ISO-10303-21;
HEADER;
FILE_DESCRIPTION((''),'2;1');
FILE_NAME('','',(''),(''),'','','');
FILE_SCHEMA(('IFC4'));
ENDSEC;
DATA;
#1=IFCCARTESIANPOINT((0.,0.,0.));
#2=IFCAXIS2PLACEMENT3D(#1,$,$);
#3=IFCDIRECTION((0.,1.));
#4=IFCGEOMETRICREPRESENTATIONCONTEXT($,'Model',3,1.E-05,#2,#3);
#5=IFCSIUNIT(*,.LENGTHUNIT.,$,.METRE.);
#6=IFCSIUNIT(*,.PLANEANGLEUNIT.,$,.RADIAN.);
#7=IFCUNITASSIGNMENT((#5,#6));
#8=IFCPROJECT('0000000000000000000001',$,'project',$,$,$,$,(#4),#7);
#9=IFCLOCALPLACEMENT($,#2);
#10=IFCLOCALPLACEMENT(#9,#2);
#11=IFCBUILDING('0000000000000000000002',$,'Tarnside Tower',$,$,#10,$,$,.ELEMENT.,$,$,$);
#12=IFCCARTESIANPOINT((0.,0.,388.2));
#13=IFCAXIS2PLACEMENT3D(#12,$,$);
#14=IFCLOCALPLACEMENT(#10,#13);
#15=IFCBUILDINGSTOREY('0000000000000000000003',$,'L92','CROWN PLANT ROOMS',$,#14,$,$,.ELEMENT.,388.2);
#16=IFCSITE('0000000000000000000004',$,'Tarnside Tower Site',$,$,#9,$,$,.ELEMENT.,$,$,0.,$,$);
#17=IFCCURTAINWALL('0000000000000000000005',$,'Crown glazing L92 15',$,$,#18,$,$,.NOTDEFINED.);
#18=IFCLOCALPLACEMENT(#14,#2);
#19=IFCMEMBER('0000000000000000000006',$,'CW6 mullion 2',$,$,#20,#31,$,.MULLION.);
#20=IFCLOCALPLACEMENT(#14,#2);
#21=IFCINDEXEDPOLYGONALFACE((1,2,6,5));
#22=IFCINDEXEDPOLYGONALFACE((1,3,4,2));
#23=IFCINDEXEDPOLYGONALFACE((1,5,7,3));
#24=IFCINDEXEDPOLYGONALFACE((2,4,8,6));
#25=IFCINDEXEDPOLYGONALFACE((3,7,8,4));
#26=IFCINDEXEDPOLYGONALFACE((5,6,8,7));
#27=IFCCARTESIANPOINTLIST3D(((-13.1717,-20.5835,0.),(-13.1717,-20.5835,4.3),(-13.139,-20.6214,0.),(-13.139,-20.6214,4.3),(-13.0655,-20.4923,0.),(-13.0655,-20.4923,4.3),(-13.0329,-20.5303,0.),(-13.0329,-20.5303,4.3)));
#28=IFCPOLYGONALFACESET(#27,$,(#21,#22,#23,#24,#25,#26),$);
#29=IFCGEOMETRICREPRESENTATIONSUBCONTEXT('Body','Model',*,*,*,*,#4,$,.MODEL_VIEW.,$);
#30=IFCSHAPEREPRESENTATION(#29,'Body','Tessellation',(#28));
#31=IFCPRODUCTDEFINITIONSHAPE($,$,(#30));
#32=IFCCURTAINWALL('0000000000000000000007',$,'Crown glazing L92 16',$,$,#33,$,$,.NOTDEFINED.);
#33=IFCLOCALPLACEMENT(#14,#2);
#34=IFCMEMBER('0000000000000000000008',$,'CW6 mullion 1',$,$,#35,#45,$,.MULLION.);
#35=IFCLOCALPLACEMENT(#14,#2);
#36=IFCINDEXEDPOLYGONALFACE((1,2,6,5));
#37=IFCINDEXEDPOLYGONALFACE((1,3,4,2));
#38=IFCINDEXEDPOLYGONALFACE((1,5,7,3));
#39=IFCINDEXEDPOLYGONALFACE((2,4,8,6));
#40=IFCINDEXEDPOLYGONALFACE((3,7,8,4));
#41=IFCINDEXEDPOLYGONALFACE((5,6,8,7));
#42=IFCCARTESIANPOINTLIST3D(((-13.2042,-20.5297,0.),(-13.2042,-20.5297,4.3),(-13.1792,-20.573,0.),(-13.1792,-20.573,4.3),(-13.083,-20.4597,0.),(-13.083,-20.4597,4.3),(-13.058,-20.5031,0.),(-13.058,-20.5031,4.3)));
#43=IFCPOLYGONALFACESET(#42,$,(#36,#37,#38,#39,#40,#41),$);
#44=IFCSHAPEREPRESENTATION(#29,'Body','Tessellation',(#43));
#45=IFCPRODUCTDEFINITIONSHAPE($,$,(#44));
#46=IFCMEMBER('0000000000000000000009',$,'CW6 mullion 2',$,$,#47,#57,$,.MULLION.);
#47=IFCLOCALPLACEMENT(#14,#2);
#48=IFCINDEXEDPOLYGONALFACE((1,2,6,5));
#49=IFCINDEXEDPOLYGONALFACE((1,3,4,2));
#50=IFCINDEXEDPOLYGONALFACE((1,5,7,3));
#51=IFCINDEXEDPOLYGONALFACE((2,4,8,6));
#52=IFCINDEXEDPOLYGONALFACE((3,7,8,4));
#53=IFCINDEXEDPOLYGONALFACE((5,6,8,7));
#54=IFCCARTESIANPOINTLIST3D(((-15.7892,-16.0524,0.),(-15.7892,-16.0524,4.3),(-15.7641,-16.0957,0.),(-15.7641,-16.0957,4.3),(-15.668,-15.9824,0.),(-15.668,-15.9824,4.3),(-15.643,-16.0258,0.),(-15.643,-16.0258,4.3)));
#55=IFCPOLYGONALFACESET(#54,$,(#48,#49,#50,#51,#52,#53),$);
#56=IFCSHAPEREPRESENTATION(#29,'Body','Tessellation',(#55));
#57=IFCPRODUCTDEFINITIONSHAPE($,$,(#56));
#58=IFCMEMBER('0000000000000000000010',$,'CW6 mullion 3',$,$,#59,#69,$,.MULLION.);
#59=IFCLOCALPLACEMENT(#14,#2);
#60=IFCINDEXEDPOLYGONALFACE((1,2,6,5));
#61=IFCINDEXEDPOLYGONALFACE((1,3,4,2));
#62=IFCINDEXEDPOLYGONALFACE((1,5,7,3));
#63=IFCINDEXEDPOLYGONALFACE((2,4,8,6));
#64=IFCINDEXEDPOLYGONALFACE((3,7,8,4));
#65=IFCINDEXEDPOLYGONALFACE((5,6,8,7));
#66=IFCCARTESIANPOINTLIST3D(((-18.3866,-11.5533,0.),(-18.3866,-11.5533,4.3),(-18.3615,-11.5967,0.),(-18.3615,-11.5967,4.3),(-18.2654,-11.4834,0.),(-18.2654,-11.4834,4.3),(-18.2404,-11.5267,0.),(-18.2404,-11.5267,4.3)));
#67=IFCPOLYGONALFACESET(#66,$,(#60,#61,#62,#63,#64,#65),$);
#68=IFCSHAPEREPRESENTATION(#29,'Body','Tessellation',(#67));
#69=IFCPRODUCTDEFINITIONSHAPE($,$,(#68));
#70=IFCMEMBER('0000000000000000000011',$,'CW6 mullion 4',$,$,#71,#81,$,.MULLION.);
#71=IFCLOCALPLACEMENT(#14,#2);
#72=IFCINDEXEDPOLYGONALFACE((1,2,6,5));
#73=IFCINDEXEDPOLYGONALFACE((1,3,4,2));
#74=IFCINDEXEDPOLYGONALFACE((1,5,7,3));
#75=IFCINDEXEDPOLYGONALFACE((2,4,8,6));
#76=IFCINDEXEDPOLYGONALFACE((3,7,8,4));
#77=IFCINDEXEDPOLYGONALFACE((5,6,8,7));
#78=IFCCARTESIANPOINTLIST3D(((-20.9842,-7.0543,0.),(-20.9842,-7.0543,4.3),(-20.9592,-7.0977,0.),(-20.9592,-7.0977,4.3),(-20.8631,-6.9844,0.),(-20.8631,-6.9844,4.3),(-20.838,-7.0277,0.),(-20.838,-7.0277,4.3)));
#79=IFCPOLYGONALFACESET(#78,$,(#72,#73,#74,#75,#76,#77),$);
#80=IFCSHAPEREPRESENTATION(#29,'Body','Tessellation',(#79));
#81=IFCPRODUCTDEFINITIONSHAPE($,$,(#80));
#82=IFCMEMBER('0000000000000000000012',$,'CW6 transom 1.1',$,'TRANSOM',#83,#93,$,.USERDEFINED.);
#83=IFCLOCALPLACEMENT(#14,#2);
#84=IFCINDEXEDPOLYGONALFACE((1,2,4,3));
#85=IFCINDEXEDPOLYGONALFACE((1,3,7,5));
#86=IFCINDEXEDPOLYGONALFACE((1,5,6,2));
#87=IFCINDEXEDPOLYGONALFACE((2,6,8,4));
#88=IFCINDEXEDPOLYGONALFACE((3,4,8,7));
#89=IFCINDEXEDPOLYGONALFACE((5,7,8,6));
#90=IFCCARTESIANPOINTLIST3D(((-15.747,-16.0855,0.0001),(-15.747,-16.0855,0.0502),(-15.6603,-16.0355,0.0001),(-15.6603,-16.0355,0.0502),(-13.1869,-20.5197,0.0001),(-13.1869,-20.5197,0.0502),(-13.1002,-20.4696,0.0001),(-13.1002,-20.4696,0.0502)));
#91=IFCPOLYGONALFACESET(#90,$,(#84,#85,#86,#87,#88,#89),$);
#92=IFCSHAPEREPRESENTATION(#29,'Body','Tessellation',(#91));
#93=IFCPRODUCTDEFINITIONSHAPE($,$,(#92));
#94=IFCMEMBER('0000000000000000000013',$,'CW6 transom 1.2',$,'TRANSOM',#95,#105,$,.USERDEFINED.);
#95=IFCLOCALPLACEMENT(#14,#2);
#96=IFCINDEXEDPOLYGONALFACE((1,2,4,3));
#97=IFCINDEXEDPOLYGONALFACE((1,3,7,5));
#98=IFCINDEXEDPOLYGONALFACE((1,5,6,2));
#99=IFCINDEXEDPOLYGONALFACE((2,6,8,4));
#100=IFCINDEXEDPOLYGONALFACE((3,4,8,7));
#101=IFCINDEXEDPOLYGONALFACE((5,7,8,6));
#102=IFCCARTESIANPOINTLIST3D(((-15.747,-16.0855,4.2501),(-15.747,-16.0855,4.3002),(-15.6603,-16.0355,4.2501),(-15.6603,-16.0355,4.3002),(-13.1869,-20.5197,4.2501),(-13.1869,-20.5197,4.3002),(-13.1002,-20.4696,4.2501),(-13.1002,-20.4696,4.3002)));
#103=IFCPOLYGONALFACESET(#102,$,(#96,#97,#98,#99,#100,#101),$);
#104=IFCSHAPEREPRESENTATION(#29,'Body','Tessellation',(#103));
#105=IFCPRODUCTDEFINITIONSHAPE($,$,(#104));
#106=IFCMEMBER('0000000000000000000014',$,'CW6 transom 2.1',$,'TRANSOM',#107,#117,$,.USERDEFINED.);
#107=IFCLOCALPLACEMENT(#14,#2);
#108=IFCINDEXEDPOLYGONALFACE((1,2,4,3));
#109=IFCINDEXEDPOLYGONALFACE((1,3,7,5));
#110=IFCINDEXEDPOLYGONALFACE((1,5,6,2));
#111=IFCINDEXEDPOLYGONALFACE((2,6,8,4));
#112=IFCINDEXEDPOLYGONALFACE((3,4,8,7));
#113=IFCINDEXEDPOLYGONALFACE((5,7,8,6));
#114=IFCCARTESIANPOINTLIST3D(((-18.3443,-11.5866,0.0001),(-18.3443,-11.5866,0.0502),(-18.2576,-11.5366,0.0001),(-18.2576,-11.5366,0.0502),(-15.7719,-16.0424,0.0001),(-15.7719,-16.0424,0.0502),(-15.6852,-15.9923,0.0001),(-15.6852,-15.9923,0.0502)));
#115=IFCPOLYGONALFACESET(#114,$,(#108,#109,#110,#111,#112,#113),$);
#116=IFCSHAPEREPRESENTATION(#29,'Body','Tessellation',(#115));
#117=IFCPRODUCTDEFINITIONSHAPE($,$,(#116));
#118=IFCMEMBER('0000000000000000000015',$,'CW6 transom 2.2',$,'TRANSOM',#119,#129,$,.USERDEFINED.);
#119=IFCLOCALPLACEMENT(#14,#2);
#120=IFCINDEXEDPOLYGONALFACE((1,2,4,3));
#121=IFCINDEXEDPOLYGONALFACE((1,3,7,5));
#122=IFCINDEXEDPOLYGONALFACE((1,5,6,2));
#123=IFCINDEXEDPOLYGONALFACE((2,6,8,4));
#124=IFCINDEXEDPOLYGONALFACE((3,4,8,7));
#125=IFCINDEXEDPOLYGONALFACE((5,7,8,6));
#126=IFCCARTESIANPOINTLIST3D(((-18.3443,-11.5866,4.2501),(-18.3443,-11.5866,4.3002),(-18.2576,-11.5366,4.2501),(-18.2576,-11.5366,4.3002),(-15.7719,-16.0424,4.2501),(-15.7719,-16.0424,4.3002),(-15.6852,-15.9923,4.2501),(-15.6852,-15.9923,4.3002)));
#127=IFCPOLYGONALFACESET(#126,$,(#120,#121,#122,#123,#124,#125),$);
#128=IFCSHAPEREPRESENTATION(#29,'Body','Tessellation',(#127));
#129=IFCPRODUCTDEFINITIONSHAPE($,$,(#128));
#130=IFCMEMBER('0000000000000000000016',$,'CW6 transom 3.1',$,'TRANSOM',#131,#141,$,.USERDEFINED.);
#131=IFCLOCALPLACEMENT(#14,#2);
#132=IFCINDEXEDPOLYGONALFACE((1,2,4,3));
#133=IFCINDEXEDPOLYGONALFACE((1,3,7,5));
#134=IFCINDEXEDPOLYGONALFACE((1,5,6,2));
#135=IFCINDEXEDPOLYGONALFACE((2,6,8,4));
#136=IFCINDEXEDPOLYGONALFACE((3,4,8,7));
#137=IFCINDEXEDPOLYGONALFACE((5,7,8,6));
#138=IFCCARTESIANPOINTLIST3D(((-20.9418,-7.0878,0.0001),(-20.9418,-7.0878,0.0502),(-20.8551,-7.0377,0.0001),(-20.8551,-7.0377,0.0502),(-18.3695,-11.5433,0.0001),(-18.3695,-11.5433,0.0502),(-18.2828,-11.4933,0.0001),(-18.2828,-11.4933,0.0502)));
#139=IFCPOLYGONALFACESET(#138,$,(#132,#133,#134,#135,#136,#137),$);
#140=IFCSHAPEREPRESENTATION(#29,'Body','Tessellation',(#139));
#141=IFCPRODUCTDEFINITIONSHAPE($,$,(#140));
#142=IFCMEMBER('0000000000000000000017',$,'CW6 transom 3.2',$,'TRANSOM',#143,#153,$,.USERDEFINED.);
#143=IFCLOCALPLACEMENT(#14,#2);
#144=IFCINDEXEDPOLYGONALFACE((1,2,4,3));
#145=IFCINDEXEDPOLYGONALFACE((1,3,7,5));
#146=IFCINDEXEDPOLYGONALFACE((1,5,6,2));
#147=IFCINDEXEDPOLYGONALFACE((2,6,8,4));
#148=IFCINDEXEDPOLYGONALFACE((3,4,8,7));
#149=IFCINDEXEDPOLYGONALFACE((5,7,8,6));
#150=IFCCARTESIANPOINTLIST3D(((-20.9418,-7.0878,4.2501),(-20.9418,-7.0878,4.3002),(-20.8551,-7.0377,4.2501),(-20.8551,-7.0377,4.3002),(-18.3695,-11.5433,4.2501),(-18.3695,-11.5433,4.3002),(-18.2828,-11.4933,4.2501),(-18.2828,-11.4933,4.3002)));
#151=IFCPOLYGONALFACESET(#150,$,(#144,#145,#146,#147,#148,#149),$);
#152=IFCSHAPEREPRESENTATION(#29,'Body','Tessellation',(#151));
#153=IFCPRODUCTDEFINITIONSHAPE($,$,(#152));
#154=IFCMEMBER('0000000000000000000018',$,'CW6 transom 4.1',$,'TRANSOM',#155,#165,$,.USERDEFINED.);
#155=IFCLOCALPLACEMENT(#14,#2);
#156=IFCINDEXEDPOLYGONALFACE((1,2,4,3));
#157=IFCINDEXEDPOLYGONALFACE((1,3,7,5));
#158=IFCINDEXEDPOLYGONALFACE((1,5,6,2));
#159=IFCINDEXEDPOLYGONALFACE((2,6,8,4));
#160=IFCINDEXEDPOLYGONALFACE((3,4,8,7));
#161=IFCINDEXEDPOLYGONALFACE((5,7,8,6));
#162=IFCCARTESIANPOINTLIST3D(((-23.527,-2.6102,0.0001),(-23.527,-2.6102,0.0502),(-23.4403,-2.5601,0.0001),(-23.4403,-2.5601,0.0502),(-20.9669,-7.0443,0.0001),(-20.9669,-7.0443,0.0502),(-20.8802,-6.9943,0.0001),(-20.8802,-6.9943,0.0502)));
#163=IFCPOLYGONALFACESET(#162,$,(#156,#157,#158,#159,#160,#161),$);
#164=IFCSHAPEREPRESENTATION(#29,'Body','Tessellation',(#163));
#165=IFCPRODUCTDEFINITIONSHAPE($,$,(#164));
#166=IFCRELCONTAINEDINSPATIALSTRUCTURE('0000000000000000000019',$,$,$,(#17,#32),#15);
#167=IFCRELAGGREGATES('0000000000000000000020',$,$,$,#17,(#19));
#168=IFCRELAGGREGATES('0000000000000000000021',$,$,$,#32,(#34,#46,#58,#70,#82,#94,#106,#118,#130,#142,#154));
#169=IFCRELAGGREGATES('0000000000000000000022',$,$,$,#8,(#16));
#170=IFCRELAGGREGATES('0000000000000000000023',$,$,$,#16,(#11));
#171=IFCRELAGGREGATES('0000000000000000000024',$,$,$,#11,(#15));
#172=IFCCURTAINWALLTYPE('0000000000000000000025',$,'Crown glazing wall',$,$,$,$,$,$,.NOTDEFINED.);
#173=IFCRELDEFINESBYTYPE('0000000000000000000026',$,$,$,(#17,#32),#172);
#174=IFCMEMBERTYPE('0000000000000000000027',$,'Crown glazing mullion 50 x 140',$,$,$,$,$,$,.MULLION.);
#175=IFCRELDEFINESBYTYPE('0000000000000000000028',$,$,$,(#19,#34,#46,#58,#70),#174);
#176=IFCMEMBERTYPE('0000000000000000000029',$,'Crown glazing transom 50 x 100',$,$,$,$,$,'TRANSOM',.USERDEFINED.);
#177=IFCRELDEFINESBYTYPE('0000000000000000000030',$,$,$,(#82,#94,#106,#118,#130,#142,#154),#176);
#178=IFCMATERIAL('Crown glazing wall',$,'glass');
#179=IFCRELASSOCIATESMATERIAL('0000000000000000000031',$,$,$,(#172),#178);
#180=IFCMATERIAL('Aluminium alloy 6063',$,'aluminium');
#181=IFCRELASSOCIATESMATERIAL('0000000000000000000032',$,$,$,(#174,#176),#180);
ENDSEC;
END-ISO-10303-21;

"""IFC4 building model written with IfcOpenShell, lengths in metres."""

from ifc_helpers import new_model, si_unit, direction, frame, origin, origin_2d, place, context, subcontext, project, spatial, rectangle, extrude, material, material_profile, profile_set, type_object, element, aggregate, save


model = new_model("IFC4")

# Units and contexts
model_context = context("Model", 3, precision=1e-05, world=origin(), true_north=direction((0.0, 1.0)))
body_context = subcontext(model_context, "Body", "Model", "MODEL_VIEW")
ifc_project = project(units=[si_unit("LENGTHUNIT", "METRE"), si_unit("PLANEANGLEUNIT", "RADIAN")], contexts=[model_context])

# Site, building, storey
site_placement = place(None, origin())
site = spatial("IfcSite", under=ifc_project, at=site_placement, Name="Tarnside Tower Site", CompositionType="ELEMENT", RefElevation=0.0)
building_placement = place(site_placement, origin())
building = spatial("IfcBuilding", under=site, at=building_placement, Name="Tarnside Tower", CompositionType="ELEMENT")
storey_placement = place(building_placement, frame((0.0, 0.0, 388.2)))
storey = spatial("IfcBuildingStorey", under=building, at=storey_placement, Name="L92", Description="CROWN PLANT ROOMS", CompositionType="ELEMENT", Elevation=388.2)

# Curtain wall, member
ifc_material_1 = material(Name="Crown glazing wall", Category="glass")
curtain_wall_type = type_object("IfcCurtainWallType", Name="Crown glazing wall", PredefinedType="NOTDEFINED", material=ifc_material_1)
curtain_wall_1_placement = place(storey_placement, origin())
curtain_wall_1 = element("IfcCurtainWall", 1, at=curtain_wall_1_placement, inside=storey, type_object=curtain_wall_type, Name="Crown glazing L92 15", PredefinedType="NOTDEFINED")
ifc_material_2 = material(Name="Aluminium alloy 6063", Category="aluminium")
ifc_material_profile_1 = material_profile(ifc_material_2, rectangle(XDim=0.1399, YDim=0.05, at=origin_2d()), Name="Crown glazing mullion 50 x 140")
ifc_profile_set_1 = profile_set([ifc_material_profile_1], Name="Aluminium alloy 6063")
member_type_1 = type_object("IfcMemberType", Name="Crown glazing mullion 50 x 140", PredefinedType="MULLION", material=ifc_profile_set_1)
member_1_placement = place(storey_placement, frame((-13.1023, -20.5569, 0.0), z_axis=(0.0, 0.0, 1.0), x_axis=(-0.758514, -0.651657, 0.0)))
member_1 = element("IfcMember", 2, at=member_1_placement, type_object=member_type_1, Name="CW6 mullion 2", PredefinedType="MULLION", context=body_context, shape_type="SweptSolid", body=[
    extrude(rectangle(XDim=0.1399, YDim=0.05, at=origin_2d()), origin(), (0.0, 0.0, 1.0), 4.3),
])
aggregate(curtain_wall_1, [member_1])

# Curtain wall, members
curtain_wall_2_placement = place(storey_placement, origin())
curtain_wall_2 = element("IfcCurtainWall", 3, at=curtain_wall_2_placement, inside=storey, type_object=curtain_wall_type, Name="Crown glazing L92 16", PredefinedType="NOTDEFINED")
member_2_placement = place(storey_placement, frame((-13.1311, -20.5164, 0.0), z_axis=(0.0, 0.0, 1.0), x_axis=(-0.866025, -0.5, 0.0)))
member_2 = element("IfcMember", 4, at=member_2_placement, type_object=member_type_1, Name="CW6 mullion 1", PredefinedType="MULLION", context=body_context, shape_type="SweptSolid", body=[
    extrude(rectangle(XDim=0.1399, YDim=0.05, at=origin_2d()), origin(), (0.0, 0.0, 1.0), 4.3),
])
member_3_placement = place(storey_placement, frame((-15.7161, -16.0391, 0.0), z_axis=(0.0, 0.0, 1.0), x_axis=(-0.866025, -0.5, 0.0)))
member_3 = element("IfcMember", 5, at=member_3_placement, type_object=member_type_1, Name="CW6 mullion 2", PredefinedType="MULLION", context=body_context, shape_type="SweptSolid", body=[
    extrude(rectangle(XDim=0.1399, YDim=0.05, at=origin_2d()), origin(), (0.0, 0.0, 1.0), 4.3),
])
member_4_placement = place(storey_placement, frame((-18.3135, -11.54, 0.0), z_axis=(0.0, 0.0, 1.0), x_axis=(-0.866025, -0.5, 0.0)))
member_4 = element("IfcMember", 6, at=member_4_placement, type_object=member_type_1, Name="CW6 mullion 3", PredefinedType="MULLION", context=body_context, shape_type="SweptSolid", body=[
    extrude(rectangle(XDim=0.1399, YDim=0.05, at=origin_2d()), origin(), (0.0, 0.0, 1.0), 4.3),
])
member_5_placement = place(storey_placement, frame((-20.9111, -7.041, 0.0), z_axis=(0.0, 0.0, 1.0), x_axis=(-0.866025, -0.5, 0.0)))
member_5 = element("IfcMember", 7, at=member_5_placement, type_object=member_type_1, Name="CW6 mullion 4", PredefinedType="MULLION", context=body_context, shape_type="SweptSolid", body=[
    extrude(rectangle(XDim=0.1399, YDim=0.05, at=origin_2d()), origin(), (0.0, 0.0, 1.0), 4.3),
])
ifc_material_profile_2 = material_profile(ifc_material_2, rectangle(XDim=0.1001, YDim=0.05, at=origin_2d()), Name="Crown glazing transom 50 x 100")
ifc_profile_set_2 = profile_set([ifc_material_profile_2], Name="Aluminium alloy 6063")
member_type_2 = type_object("IfcMemberType", Name="Crown glazing transom 50 x 100", ElementType="TRANSOM", PredefinedType="USERDEFINED", material=ifc_profile_set_2)
member_6_placement = place(storey_placement, frame((-13.1436, -20.4946, 0.0251), z_axis=(-0.500006, 0.866022, 0.0), x_axis=(-0.866022, -0.500006, 0.0)))
member_6 = element("IfcMember", 8, at=member_6_placement, type_object=member_type_2, Name="CW6 transom 1.1", ObjectType="TRANSOM", PredefinedType="USERDEFINED", context=body_context, shape_type="SweptSolid", body=[
    extrude(rectangle(XDim=0.1001, YDim=0.05, at=origin_2d()), origin(), (0.0, 0.0, 1.0), 5.1201),
])
member_7_placement = place(storey_placement, frame((-13.1436, -20.4946, 4.2751), z_axis=(-0.500006, 0.866022, 0.0), x_axis=(-0.866022, -0.500006, 0.0)))
member_7 = element("IfcMember", 9, at=member_7_placement, type_object=member_type_2, Name="CW6 transom 1.2", ObjectType="TRANSOM", PredefinedType="USERDEFINED", context=body_context, shape_type="SweptSolid", body=[
    extrude(rectangle(XDim=0.1001, YDim=0.05, at=origin_2d()), origin(), (0.0, 0.0, 1.0), 5.1201),
])
member_8_placement = place(storey_placement, frame((-15.7285, -16.0173, 0.0251), z_axis=(-0.499992, 0.86603, 0.0), x_axis=(-0.86603, -0.499992, 0.0)))
member_8 = element("IfcMember", 10, at=member_8_placement, type_object=member_type_2, Name="CW6 transom 2.1", ObjectType="TRANSOM", PredefinedType="USERDEFINED", context=body_context, shape_type="SweptSolid", body=[
    extrude(rectangle(XDim=0.1001, YDim=0.05, at=origin_2d()), origin(), (0.0, 0.0, 1.0), 5.145),
])
member_9_placement = place(storey_placement, frame((-15.7285, -16.0173, 4.2751), z_axis=(-0.499992, 0.86603, 0.0), x_axis=(-0.86603, -0.499992, 0.0)))
member_9 = element("IfcMember", 11, at=member_9_placement, type_object=member_type_2, Name="CW6 transom 2.2", ObjectType="TRANSOM", PredefinedType="USERDEFINED", context=body_context, shape_type="SweptSolid", body=[
    extrude(rectangle(XDim=0.1001, YDim=0.05, at=origin_2d()), origin(), (0.0, 0.0, 1.0), 5.145),
])
member_10_placement = place(storey_placement, frame((-18.3262, -11.5183, 0.0251), z_axis=(-0.499977, 0.866039, 0.0), x_axis=(-0.866039, -0.499977, 0.0)))
member_10 = element("IfcMember", 12, at=member_10_placement, type_object=member_type_2, Name="CW6 transom 3.1", ObjectType="TRANSOM", PredefinedType="USERDEFINED", context=body_context, shape_type="SweptSolid", body=[
    extrude(rectangle(XDim=0.1001, YDim=0.05, at=origin_2d()), origin(), (0.0, 0.0, 1.0), 5.1448),
])
member_11_placement = place(storey_placement, frame((-18.3262, -11.5183, 4.2751), z_axis=(-0.499977, 0.866039, 0.0), x_axis=(-0.866039, -0.499977, 0.0)))
member_11 = element("IfcMember", 13, at=member_11_placement, type_object=member_type_2, Name="CW6 transom 3.2", ObjectType="TRANSOM", PredefinedType="USERDEFINED", context=body_context, shape_type="SweptSolid", body=[
    extrude(rectangle(XDim=0.1001, YDim=0.05, at=origin_2d()), origin(), (0.0, 0.0, 1.0), 5.1448),
])
member_12_placement = place(storey_placement, frame((-20.9236, -7.0193, 0.0251), z_axis=(-0.500006, 0.866022, 0.0), x_axis=(-0.866022, -0.500006, 0.0)))
member_12 = element("IfcMember", 14, at=member_12_placement, type_object=member_type_2, Name="CW6 transom 4.1", ObjectType="TRANSOM", PredefinedType="USERDEFINED", context=body_context, shape_type="SweptSolid", body=[
    extrude(rectangle(XDim=0.1001, YDim=0.05, at=origin_2d()), origin(), (0.0, 0.0, 1.0), 5.1201),
])

aggregate(curtain_wall_2, [member_2, member_3, member_4, member_5, member_6, member_7, member_8, member_9, member_10, member_11, member_12])

save(model, "model.ifc")
